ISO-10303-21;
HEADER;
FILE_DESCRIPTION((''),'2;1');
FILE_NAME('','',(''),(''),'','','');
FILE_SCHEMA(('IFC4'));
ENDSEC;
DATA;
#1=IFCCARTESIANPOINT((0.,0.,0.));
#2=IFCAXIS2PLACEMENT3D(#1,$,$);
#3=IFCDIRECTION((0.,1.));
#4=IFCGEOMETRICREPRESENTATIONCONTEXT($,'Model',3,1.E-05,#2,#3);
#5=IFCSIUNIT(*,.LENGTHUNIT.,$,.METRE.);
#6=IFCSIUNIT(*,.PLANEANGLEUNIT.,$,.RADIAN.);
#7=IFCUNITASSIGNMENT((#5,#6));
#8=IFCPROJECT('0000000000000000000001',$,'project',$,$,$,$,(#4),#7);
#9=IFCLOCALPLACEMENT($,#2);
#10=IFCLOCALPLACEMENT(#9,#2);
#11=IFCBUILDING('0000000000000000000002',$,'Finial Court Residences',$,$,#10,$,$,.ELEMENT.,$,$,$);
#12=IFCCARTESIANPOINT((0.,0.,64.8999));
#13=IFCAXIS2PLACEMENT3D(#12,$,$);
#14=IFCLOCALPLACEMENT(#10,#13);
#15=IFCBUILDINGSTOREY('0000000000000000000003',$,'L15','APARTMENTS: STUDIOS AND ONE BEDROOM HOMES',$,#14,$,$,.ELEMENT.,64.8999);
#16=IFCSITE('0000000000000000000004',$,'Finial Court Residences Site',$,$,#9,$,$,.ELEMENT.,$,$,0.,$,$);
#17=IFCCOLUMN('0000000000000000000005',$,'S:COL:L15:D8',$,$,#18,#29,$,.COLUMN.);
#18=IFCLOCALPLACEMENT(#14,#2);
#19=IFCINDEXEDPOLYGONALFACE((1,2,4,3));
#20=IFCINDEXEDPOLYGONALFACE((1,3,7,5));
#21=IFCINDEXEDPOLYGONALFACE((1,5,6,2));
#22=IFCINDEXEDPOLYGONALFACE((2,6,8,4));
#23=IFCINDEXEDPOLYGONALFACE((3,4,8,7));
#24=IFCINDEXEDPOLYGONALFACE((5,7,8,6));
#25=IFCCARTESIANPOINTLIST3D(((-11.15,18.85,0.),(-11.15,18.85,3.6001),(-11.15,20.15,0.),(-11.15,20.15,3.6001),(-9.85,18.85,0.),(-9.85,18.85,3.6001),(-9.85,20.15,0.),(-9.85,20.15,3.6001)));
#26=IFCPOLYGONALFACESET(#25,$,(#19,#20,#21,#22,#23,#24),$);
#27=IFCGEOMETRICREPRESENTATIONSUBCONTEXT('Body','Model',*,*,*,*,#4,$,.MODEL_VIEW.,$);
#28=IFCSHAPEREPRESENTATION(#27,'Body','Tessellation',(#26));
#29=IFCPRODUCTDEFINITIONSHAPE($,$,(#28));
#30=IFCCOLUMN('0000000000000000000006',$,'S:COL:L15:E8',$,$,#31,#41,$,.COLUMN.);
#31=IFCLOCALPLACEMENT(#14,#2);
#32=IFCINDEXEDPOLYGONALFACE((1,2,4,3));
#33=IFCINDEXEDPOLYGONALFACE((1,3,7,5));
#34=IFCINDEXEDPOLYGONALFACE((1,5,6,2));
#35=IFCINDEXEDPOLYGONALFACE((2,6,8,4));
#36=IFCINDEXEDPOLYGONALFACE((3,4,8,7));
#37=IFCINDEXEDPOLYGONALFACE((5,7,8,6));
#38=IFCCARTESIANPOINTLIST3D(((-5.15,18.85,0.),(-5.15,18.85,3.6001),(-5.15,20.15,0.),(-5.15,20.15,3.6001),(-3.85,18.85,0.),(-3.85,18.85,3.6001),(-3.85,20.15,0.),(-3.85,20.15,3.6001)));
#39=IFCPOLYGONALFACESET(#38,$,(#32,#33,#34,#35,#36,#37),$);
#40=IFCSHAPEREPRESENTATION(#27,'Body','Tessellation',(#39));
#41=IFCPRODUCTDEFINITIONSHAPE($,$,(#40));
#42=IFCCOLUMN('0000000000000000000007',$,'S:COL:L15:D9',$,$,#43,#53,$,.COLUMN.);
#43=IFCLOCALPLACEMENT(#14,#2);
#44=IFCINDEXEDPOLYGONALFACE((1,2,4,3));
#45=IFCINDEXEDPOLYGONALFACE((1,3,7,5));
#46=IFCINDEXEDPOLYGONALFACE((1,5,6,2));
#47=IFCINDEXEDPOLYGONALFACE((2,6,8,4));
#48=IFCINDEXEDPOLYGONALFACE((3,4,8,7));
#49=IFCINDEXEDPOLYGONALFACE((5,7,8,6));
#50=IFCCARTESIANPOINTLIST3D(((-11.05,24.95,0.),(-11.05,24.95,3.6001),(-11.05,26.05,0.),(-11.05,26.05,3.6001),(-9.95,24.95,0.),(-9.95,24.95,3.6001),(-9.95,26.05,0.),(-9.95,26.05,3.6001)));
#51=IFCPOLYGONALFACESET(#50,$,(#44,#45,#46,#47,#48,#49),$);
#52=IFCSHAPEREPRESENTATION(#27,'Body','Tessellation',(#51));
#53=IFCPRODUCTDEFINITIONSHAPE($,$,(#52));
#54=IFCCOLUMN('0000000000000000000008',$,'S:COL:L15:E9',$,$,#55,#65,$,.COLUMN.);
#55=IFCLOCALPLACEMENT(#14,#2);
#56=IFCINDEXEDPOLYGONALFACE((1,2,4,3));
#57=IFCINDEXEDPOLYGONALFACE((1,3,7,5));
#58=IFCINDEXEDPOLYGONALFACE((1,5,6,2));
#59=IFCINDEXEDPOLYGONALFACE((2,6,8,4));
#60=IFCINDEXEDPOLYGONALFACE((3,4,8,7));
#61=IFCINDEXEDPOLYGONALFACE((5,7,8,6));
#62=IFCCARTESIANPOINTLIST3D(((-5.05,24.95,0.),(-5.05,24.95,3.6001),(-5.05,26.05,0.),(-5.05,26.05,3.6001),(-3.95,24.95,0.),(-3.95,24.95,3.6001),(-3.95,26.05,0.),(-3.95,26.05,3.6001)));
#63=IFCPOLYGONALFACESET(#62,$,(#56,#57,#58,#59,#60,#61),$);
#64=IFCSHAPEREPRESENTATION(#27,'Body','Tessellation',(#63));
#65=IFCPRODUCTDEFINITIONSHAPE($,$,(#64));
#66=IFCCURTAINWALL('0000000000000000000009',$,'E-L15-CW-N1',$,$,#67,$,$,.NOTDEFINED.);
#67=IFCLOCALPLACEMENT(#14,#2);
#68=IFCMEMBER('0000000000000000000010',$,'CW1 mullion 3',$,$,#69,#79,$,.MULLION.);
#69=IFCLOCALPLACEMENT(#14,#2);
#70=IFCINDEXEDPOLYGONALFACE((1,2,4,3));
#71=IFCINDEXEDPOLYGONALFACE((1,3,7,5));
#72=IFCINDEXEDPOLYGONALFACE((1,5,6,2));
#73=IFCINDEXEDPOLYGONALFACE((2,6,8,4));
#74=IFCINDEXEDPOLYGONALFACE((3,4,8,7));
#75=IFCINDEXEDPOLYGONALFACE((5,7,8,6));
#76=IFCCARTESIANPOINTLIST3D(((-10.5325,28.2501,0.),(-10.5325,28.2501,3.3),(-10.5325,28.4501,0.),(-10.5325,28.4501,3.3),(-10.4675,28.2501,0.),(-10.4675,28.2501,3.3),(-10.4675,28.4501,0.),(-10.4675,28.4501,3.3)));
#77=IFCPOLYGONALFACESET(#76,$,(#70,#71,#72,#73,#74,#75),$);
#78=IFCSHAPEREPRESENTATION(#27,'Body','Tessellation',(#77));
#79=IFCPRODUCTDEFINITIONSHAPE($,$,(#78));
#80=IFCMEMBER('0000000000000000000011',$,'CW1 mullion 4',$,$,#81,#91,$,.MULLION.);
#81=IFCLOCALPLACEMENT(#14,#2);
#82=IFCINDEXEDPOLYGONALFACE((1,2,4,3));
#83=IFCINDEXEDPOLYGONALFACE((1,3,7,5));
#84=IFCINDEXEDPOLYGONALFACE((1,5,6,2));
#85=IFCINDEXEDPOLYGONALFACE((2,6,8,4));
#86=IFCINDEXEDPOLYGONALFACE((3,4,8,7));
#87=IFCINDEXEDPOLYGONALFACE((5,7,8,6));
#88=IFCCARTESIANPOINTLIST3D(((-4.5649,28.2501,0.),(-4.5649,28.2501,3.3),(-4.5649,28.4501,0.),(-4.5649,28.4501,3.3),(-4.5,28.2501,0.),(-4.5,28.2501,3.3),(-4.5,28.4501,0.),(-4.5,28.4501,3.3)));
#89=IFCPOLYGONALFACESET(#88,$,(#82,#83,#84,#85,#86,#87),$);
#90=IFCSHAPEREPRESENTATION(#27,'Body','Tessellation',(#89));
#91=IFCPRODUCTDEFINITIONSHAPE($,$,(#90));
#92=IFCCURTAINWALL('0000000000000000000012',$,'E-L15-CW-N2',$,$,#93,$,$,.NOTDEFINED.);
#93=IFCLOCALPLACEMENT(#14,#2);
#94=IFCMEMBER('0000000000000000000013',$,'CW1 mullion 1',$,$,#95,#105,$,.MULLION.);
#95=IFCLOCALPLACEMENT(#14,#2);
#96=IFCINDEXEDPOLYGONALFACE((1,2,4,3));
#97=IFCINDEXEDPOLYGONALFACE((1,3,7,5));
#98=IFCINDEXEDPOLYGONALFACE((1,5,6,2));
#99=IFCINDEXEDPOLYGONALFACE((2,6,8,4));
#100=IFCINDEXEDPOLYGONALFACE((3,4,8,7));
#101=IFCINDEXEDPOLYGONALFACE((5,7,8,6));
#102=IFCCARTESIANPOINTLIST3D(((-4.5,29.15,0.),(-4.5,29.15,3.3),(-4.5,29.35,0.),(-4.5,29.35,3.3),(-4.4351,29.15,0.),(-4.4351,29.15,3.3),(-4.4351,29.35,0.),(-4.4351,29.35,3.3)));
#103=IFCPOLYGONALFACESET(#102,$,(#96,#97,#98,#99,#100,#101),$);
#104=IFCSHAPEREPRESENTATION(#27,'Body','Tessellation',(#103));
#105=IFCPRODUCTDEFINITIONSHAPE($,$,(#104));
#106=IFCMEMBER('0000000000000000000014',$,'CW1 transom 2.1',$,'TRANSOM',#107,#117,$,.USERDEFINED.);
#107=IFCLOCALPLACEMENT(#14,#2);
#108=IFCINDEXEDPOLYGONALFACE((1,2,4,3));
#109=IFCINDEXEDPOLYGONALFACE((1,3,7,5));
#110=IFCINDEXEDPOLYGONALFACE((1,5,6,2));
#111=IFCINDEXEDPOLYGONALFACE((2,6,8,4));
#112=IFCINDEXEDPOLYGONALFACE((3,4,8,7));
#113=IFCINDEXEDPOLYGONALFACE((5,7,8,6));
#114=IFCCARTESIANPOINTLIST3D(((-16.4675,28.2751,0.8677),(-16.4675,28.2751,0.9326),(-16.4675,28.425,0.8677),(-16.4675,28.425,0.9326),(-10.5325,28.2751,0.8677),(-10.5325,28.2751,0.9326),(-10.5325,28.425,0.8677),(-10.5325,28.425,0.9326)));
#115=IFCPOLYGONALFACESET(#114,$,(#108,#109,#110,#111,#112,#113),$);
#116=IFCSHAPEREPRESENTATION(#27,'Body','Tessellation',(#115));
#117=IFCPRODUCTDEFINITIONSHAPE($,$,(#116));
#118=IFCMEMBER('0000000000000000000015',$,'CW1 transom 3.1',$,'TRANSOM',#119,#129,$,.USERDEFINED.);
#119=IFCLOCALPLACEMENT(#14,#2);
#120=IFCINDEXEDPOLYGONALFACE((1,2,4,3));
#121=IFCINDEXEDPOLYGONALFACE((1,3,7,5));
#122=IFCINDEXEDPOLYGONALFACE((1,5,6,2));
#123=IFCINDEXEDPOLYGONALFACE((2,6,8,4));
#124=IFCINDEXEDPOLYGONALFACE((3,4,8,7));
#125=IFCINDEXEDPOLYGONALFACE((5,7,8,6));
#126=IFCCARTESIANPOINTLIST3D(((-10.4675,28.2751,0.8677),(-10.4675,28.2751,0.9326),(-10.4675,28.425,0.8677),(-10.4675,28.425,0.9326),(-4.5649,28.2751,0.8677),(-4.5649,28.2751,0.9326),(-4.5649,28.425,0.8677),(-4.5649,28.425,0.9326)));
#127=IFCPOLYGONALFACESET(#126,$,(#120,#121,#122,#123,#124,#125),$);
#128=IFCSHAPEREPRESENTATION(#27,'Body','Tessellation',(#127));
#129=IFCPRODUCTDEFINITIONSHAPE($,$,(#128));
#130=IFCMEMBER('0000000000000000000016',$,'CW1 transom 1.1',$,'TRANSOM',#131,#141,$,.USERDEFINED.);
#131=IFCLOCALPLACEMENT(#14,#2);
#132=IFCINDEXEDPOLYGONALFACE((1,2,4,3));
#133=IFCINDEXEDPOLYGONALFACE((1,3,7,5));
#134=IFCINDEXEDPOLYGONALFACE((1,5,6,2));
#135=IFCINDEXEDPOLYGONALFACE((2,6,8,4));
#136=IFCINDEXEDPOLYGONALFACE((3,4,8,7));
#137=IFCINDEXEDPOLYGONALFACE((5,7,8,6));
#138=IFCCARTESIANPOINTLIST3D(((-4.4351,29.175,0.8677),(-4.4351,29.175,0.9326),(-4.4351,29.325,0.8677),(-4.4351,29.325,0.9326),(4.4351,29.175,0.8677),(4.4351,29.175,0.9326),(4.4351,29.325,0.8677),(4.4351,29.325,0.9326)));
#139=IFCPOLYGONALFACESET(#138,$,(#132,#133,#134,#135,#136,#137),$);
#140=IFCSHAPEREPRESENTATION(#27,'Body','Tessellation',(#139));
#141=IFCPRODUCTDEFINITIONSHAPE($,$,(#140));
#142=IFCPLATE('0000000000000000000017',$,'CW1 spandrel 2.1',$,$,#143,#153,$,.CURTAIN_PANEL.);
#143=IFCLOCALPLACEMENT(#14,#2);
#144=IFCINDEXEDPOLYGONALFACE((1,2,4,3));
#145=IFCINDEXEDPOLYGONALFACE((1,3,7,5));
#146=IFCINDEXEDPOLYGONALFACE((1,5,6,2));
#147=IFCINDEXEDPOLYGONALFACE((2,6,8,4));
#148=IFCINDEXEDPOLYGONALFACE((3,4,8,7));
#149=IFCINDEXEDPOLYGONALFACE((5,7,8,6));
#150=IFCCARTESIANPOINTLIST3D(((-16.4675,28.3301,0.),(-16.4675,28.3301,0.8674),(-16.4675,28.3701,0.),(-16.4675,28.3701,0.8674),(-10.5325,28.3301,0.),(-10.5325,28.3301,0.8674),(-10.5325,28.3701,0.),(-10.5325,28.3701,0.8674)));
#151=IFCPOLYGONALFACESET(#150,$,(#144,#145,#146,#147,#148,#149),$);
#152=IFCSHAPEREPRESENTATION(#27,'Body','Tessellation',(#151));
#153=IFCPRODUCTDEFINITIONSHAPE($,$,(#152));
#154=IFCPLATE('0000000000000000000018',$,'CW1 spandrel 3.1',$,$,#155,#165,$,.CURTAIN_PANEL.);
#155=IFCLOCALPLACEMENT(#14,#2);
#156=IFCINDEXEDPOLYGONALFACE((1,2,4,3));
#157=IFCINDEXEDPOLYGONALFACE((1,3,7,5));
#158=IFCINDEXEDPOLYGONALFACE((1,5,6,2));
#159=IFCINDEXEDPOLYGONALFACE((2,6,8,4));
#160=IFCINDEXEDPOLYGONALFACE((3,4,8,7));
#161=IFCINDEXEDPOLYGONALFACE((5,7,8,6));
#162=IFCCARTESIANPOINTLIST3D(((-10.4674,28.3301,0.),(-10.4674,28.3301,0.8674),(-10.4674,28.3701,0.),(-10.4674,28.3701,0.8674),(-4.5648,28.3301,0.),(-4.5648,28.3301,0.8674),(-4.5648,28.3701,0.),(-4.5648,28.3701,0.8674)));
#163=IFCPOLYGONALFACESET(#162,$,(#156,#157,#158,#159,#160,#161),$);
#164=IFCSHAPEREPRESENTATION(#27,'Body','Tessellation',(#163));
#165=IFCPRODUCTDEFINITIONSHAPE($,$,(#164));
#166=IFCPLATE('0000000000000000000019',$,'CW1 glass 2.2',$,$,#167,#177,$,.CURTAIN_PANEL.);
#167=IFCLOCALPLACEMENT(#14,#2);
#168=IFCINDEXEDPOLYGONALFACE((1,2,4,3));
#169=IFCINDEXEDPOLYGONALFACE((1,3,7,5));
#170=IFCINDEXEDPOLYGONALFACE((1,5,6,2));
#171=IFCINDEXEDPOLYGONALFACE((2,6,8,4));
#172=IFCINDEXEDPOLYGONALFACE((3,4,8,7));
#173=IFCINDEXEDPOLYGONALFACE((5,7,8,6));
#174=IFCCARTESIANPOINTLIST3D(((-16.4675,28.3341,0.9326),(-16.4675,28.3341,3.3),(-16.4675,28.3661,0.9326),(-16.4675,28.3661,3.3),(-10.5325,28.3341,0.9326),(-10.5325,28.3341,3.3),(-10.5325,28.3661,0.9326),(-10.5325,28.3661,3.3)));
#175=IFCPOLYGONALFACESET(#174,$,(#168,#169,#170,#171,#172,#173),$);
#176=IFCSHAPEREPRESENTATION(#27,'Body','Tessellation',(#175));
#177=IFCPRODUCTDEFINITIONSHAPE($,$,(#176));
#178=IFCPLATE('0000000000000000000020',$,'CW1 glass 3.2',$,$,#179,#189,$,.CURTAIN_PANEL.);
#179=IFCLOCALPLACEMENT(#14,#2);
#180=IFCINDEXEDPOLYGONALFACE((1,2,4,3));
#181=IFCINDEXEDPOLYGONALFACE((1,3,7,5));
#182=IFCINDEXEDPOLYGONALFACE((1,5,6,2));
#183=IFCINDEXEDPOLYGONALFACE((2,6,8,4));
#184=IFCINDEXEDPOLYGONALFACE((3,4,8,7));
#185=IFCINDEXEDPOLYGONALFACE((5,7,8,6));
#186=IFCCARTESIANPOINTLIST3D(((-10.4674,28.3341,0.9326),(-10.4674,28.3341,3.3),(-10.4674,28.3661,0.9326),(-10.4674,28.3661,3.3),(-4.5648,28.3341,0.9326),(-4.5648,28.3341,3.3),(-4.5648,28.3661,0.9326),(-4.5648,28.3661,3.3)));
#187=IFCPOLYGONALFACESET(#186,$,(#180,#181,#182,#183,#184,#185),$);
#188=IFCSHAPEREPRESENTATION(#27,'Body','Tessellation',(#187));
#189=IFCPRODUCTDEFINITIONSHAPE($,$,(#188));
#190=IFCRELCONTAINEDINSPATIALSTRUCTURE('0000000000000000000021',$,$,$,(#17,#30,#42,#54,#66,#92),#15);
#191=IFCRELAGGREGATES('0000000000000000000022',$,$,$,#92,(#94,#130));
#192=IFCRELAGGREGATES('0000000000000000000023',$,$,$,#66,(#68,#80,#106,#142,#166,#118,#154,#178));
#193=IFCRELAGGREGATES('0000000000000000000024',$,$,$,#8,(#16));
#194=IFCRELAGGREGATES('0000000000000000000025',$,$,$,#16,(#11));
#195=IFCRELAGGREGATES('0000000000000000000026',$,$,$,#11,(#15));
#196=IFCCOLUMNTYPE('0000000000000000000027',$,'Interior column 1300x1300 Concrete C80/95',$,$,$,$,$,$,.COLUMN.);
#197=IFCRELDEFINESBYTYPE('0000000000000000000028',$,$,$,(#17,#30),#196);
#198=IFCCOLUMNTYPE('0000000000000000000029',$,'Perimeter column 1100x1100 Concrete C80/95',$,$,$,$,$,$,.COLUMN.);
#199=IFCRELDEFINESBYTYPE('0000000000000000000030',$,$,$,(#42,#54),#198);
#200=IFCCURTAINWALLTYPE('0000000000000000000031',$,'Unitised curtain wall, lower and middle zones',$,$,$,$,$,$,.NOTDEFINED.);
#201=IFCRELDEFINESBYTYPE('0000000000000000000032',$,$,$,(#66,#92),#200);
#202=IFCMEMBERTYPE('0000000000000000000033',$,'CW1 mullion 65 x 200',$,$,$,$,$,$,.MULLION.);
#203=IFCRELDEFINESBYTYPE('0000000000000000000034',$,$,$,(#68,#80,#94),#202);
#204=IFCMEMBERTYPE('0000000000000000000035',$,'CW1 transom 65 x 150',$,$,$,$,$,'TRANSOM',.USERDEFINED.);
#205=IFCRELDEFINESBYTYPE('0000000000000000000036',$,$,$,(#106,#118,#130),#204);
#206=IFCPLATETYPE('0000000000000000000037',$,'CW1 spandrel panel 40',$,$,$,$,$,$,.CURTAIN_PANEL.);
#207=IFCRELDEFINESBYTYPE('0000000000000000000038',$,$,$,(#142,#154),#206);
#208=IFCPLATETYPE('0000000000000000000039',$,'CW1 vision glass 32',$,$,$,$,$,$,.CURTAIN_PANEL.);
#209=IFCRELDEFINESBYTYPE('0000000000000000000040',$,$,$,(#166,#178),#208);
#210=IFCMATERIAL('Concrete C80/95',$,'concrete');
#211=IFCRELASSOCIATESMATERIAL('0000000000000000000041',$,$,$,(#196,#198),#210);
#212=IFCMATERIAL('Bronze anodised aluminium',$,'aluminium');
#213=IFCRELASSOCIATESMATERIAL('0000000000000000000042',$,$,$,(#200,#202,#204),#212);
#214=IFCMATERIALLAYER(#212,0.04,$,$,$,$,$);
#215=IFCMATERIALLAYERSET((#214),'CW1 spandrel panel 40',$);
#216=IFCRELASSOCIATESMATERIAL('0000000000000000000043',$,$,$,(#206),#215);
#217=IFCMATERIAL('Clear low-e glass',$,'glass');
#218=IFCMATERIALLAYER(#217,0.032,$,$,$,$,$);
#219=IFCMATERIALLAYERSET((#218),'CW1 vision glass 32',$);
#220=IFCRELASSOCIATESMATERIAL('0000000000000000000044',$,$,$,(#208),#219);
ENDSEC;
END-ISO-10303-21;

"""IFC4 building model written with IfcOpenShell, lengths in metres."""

from ifc_helpers import new_model, si_unit, direction, frame, origin, origin_2d, place, context, subcontext, project, spatial, rectangle, extrude, material, layer, layer_set, material_profile, profile_set, type_object, element, aggregate, save


model = new_model("IFC4")

# Units and contexts
model_context = context("Model", 3, precision=1e-05, world=origin(), true_north=direction((0.0, 1.0)))
body_context = subcontext(model_context, "Body", "Model", "MODEL_VIEW")
ifc_project = project(units=[si_unit("LENGTHUNIT", "METRE"), si_unit("PLANEANGLEUNIT", "RADIAN")], contexts=[model_context])

# Site, building, storey
site_placement = place(None, origin())
site = spatial("IfcSite", under=ifc_project, at=site_placement, Name="Finial Court Residences Site", CompositionType="ELEMENT", RefElevation=0.0)
building_placement = place(site_placement, origin())
building = spatial("IfcBuilding", under=site, at=building_placement, Name="Finial Court Residences", CompositionType="ELEMENT")
storey_placement = place(building_placement, frame((0.0, 0.0, 64.8999)))
storey = spatial("IfcBuildingStorey", under=building, at=storey_placement, Name="L15", Description="APARTMENTS: STUDIOS AND ONE BEDROOM HOMES", CompositionType="ELEMENT", Elevation=64.8999)

# Columns
ifc_material_1 = material(Name="Concrete C80/95", Category="concrete")
ifc_material_profile_1 = material_profile(ifc_material_1, rectangle(XDim=1.3, YDim=1.3, at=origin_2d()), Name="1300x1300")
ifc_profile_set_1 = profile_set([ifc_material_profile_1], Name="Concrete C80/95")
column_type_1 = type_object("IfcColumnType", Name="Interior column 1300x1300 Concrete C80/95", PredefinedType="COLUMN", material=ifc_profile_set_1)
for number, where, z_axis, x_axis, name in (
    (1, (-10.5, 19.5, 0.0), (0.0, 0.0, 1.0), (1.0, 0.0, 0.0), "S:COL:L15:D8"),
    (2, (-4.5, 19.5, 0.0), (0.0, 0.0, 1.0), (1.0, 0.0, 0.0), "S:COL:L15:E8"),
):
    element("IfcColumn", number, at=place(storey_placement, frame(where, z_axis=z_axis, x_axis=x_axis)), inside=storey, type_object=column_type_1, Name=name, PredefinedType="COLUMN", context=body_context, shape_type="SweptSolid", body=[
        extrude(rectangle(XDim=1.3, YDim=1.3, at=origin_2d()), origin(), (0.0, 0.0, 1.0), 3.6001),
    ])
ifc_material_profile_2 = material_profile(ifc_material_1, rectangle(XDim=1.1001, YDim=1.1001, at=origin_2d()), Name="1100x1100")
ifc_profile_set_2 = profile_set([ifc_material_profile_2], Name="Concrete C80/95")
column_type_2 = type_object("IfcColumnType", Name="Perimeter column 1100x1100 Concrete C80/95", PredefinedType="COLUMN", material=ifc_profile_set_2)
for number, where, z_axis, x_axis, name in (
    (3, (-10.5, 25.5, 0.0), (0.0, 0.0, 1.0), (1.0, 0.0, 0.0), "S:COL:L15:D9"),
    (4, (-4.5, 25.5, 0.0), (0.0, 0.0, 1.0), (1.0, 0.0, 0.0), "S:COL:L15:E9"),
):
    element("IfcColumn", number, at=place(storey_placement, frame(where, z_axis=z_axis, x_axis=x_axis)), inside=storey, type_object=column_type_2, Name=name, PredefinedType="COLUMN", context=body_context, shape_type="SweptSolid", body=[
        extrude(rectangle(XDim=1.1001, YDim=1.1001, at=origin_2d()), origin(), (0.0, 0.0, 1.0), 3.6001),
    ])

# Curtain wall, members
ifc_material_2 = material(Name="Bronze anodised aluminium", Category="aluminium")
curtain_wall_type = type_object("IfcCurtainWallType", Name="Unitised curtain wall, lower and middle zones", PredefinedType="NOTDEFINED", material=ifc_material_2)
curtain_wall_1_placement = place(storey_placement, origin())
curtain_wall_1 = element("IfcCurtainWall", 5, at=curtain_wall_1_placement, inside=storey, type_object=curtain_wall_type, Name="E-L15-CW-N1", PredefinedType="NOTDEFINED")
ifc_material_profile_3 = material_profile(ifc_material_2, rectangle(XDim=0.2, YDim=0.0649, at=origin_2d()), Name="CW1 mullion 65 x 200")
ifc_profile_set_3 = profile_set([ifc_material_profile_3], Name="Bronze anodised aluminium")
member_type_1 = type_object("IfcMemberType", Name="CW1 mullion 65 x 200", PredefinedType="MULLION", material=ifc_profile_set_3)
member_1_placement = place(storey_placement, frame((-10.5, 28.3501, 0.0), z_axis=(0.0, 0.0, 1.0), x_axis=(0.0, 1.0, 0.0)))
member_1 = element("IfcMember", 6, at=member_1_placement, type_object=member_type_1, Name="CW1 mullion 3", PredefinedType="MULLION", context=body_context, shape_type="SweptSolid", body=[
    extrude(rectangle(XDim=0.2, YDim=0.0649, at=origin_2d()), origin(), (0.0, 0.0, 1.0), 3.3),
])
member_2_placement = place(storey_placement, frame((-4.5325, 28.3501, 0.0), z_axis=(0.0, 0.0, 1.0), x_axis=(0.0, 1.0, 0.0)))
member_2 = element("IfcMember", 7, at=member_2_placement, type_object=member_type_1, Name="CW1 mullion 4", PredefinedType="MULLION", context=body_context, shape_type="SweptSolid", body=[
    extrude(rectangle(XDim=0.2, YDim=0.0649, at=origin_2d()), origin(), (0.0, 0.0, 1.0), 3.3),
])

# Curtain wall, member
curtain_wall_2_placement = place(storey_placement, origin())
curtain_wall_2 = element("IfcCurtainWall", 8, at=curtain_wall_2_placement, inside=storey, type_object=curtain_wall_type, Name="E-L15-CW-N2", PredefinedType="NOTDEFINED")
member_3_placement = place(storey_placement, frame((-4.4675, 29.25, 0.0), z_axis=(0.0, 0.0, 1.0), x_axis=(0.0, 1.0, 0.0)))
member_3 = element("IfcMember", 9, at=member_3_placement, type_object=member_type_1, Name="CW1 mullion 1", PredefinedType="MULLION", context=body_context, shape_type="SweptSolid", body=[
    extrude(rectangle(XDim=0.2, YDim=0.0649, at=origin_2d()), origin(), (0.0, 0.0, 1.0), 3.3),
])

# Members
ifc_material_profile_4 = material_profile(ifc_material_2, rectangle(XDim=0.1499, YDim=0.0649, at=origin_2d()), Name="CW1 transom 65 x 150")
ifc_profile_set_4 = profile_set([ifc_material_profile_4], Name="Bronze anodised aluminium")
member_type_2 = type_object("IfcMemberType", Name="CW1 transom 65 x 150", ElementType="TRANSOM", PredefinedType="USERDEFINED", material=ifc_profile_set_4)
member_4_placement = place(storey_placement, frame((-16.4675, 28.3501, 0.9001), z_axis=(1.0, 0.0, 0.0), x_axis=(0.0, 1.0, 0.0)))
member_4 = element("IfcMember", 10, at=member_4_placement, type_object=member_type_2, Name="CW1 transom 2.1", ObjectType="TRANSOM", PredefinedType="USERDEFINED", context=body_context, shape_type="SweptSolid", body=[
    extrude(rectangle(XDim=0.1499, YDim=0.0649, at=origin_2d()), origin(), (0.0, 0.0, 1.0), 5.9351),
])
member_5_placement = place(storey_placement, frame((-10.4675, 28.3501, 0.9001), z_axis=(1.0, 0.0, 0.0), x_axis=(0.0, 1.0, 0.0)))
member_5 = element("IfcMember", 11, at=member_5_placement, type_object=member_type_2, Name="CW1 transom 3.1", ObjectType="TRANSOM", PredefinedType="USERDEFINED", context=body_context, shape_type="SweptSolid", body=[
    extrude(rectangle(XDim=0.1499, YDim=0.0649, at=origin_2d()), origin(), (0.0, 0.0, 1.0), 5.9026),
])
member_6_placement = place(storey_placement, frame((-4.4351, 29.25, 0.9001), z_axis=(1.0, 0.0, 0.0), x_axis=(0.0, 1.0, 0.0)))
member_6 = element("IfcMember", 12, at=member_6_placement, type_object=member_type_2, Name="CW1 transom 1.1", ObjectType="TRANSOM", PredefinedType="USERDEFINED", context=body_context, shape_type="SweptSolid", body=[
    extrude(rectangle(XDim=0.1499, YDim=0.0649, at=origin_2d()), origin(), (0.0, 0.0, 1.0), 8.8701),
])
aggregate(curtain_wall_2, [member_3, member_6])

# Plates
ifc_layer_1 = layer(ifc_material_2, 0.04)
ifc_layer_set_1 = layer_set([ifc_layer_1], Name="CW1 spandrel panel 40")
plate_type_1 = type_object("IfcPlateType", Name="CW1 spandrel panel 40", PredefinedType="CURTAIN_PANEL", material=ifc_layer_set_1)
plate_1_placement = place(storey_placement, frame((-13.5, 28.3501, 0.0), z_axis=(0.0, 0.0, 1.0), x_axis=(1.0, 0.0, 0.0)))
plate_1 = element("IfcPlate", 13, at=plate_1_placement, type_object=plate_type_1, Name="CW1 spandrel 2.1", PredefinedType="CURTAIN_PANEL", context=body_context, shape_type="SweptSolid", body=[
    extrude(rectangle(XDim=5.9351, YDim=0.04, at=origin_2d()), origin(), (0.0, 0.0, 1.0), 0.8674),
])
plate_2_placement = place(storey_placement, frame((-7.5161, 28.3501, 0.0), z_axis=(0.0, 0.0, 1.0), x_axis=(1.0, 0.0, 0.0)))
plate_2 = element("IfcPlate", 14, at=plate_2_placement, type_object=plate_type_1, Name="CW1 spandrel 3.1", PredefinedType="CURTAIN_PANEL", context=body_context, shape_type="SweptSolid", body=[
    extrude(rectangle(XDim=5.9026, YDim=0.04, at=origin_2d()), origin(), (0.0, 0.0, 1.0), 0.8674),
])
ifc_material_3 = material(Name="Clear low-e glass", Category="glass")
ifc_layer_2 = layer(ifc_material_3, 0.032)
ifc_layer_set_2 = layer_set([ifc_layer_2], Name="CW1 vision glass 32")
plate_type_2 = type_object("IfcPlateType", Name="CW1 vision glass 32", PredefinedType="CURTAIN_PANEL", material=ifc_layer_set_2)
plate_3_placement = place(storey_placement, frame((-13.5, 28.3501, 0.9326), z_axis=(0.0, 0.0, 1.0), x_axis=(1.0, 0.0, 0.0)))
plate_3 = element("IfcPlate", 15, at=plate_3_placement, type_object=plate_type_2, Name="CW1 glass 2.2", PredefinedType="CURTAIN_PANEL", context=body_context, shape_type="SweptSolid", body=[
    extrude(rectangle(XDim=5.9351, YDim=0.032, at=origin_2d()), origin(), (0.0, 0.0, 1.0), 2.3674),
])
plate_4_placement = place(storey_placement, frame((-7.5161, 28.3501, 0.9326), z_axis=(0.0, 0.0, 1.0), x_axis=(1.0, 0.0, 0.0)))
plate_4 = element("IfcPlate", 16, at=plate_4_placement, type_object=plate_type_2, Name="CW1 glass 3.2", PredefinedType="CURTAIN_PANEL", context=body_context, shape_type="SweptSolid", body=[
    extrude(rectangle(XDim=5.9026, YDim=0.032, at=origin_2d()), origin(), (0.0, 0.0, 1.0), 2.3674),
])
aggregate(curtain_wall_1, [member_1, member_2, member_4, plate_1, plate_3, member_5, plate_2, plate_4])

save(model, "model.ifc")
